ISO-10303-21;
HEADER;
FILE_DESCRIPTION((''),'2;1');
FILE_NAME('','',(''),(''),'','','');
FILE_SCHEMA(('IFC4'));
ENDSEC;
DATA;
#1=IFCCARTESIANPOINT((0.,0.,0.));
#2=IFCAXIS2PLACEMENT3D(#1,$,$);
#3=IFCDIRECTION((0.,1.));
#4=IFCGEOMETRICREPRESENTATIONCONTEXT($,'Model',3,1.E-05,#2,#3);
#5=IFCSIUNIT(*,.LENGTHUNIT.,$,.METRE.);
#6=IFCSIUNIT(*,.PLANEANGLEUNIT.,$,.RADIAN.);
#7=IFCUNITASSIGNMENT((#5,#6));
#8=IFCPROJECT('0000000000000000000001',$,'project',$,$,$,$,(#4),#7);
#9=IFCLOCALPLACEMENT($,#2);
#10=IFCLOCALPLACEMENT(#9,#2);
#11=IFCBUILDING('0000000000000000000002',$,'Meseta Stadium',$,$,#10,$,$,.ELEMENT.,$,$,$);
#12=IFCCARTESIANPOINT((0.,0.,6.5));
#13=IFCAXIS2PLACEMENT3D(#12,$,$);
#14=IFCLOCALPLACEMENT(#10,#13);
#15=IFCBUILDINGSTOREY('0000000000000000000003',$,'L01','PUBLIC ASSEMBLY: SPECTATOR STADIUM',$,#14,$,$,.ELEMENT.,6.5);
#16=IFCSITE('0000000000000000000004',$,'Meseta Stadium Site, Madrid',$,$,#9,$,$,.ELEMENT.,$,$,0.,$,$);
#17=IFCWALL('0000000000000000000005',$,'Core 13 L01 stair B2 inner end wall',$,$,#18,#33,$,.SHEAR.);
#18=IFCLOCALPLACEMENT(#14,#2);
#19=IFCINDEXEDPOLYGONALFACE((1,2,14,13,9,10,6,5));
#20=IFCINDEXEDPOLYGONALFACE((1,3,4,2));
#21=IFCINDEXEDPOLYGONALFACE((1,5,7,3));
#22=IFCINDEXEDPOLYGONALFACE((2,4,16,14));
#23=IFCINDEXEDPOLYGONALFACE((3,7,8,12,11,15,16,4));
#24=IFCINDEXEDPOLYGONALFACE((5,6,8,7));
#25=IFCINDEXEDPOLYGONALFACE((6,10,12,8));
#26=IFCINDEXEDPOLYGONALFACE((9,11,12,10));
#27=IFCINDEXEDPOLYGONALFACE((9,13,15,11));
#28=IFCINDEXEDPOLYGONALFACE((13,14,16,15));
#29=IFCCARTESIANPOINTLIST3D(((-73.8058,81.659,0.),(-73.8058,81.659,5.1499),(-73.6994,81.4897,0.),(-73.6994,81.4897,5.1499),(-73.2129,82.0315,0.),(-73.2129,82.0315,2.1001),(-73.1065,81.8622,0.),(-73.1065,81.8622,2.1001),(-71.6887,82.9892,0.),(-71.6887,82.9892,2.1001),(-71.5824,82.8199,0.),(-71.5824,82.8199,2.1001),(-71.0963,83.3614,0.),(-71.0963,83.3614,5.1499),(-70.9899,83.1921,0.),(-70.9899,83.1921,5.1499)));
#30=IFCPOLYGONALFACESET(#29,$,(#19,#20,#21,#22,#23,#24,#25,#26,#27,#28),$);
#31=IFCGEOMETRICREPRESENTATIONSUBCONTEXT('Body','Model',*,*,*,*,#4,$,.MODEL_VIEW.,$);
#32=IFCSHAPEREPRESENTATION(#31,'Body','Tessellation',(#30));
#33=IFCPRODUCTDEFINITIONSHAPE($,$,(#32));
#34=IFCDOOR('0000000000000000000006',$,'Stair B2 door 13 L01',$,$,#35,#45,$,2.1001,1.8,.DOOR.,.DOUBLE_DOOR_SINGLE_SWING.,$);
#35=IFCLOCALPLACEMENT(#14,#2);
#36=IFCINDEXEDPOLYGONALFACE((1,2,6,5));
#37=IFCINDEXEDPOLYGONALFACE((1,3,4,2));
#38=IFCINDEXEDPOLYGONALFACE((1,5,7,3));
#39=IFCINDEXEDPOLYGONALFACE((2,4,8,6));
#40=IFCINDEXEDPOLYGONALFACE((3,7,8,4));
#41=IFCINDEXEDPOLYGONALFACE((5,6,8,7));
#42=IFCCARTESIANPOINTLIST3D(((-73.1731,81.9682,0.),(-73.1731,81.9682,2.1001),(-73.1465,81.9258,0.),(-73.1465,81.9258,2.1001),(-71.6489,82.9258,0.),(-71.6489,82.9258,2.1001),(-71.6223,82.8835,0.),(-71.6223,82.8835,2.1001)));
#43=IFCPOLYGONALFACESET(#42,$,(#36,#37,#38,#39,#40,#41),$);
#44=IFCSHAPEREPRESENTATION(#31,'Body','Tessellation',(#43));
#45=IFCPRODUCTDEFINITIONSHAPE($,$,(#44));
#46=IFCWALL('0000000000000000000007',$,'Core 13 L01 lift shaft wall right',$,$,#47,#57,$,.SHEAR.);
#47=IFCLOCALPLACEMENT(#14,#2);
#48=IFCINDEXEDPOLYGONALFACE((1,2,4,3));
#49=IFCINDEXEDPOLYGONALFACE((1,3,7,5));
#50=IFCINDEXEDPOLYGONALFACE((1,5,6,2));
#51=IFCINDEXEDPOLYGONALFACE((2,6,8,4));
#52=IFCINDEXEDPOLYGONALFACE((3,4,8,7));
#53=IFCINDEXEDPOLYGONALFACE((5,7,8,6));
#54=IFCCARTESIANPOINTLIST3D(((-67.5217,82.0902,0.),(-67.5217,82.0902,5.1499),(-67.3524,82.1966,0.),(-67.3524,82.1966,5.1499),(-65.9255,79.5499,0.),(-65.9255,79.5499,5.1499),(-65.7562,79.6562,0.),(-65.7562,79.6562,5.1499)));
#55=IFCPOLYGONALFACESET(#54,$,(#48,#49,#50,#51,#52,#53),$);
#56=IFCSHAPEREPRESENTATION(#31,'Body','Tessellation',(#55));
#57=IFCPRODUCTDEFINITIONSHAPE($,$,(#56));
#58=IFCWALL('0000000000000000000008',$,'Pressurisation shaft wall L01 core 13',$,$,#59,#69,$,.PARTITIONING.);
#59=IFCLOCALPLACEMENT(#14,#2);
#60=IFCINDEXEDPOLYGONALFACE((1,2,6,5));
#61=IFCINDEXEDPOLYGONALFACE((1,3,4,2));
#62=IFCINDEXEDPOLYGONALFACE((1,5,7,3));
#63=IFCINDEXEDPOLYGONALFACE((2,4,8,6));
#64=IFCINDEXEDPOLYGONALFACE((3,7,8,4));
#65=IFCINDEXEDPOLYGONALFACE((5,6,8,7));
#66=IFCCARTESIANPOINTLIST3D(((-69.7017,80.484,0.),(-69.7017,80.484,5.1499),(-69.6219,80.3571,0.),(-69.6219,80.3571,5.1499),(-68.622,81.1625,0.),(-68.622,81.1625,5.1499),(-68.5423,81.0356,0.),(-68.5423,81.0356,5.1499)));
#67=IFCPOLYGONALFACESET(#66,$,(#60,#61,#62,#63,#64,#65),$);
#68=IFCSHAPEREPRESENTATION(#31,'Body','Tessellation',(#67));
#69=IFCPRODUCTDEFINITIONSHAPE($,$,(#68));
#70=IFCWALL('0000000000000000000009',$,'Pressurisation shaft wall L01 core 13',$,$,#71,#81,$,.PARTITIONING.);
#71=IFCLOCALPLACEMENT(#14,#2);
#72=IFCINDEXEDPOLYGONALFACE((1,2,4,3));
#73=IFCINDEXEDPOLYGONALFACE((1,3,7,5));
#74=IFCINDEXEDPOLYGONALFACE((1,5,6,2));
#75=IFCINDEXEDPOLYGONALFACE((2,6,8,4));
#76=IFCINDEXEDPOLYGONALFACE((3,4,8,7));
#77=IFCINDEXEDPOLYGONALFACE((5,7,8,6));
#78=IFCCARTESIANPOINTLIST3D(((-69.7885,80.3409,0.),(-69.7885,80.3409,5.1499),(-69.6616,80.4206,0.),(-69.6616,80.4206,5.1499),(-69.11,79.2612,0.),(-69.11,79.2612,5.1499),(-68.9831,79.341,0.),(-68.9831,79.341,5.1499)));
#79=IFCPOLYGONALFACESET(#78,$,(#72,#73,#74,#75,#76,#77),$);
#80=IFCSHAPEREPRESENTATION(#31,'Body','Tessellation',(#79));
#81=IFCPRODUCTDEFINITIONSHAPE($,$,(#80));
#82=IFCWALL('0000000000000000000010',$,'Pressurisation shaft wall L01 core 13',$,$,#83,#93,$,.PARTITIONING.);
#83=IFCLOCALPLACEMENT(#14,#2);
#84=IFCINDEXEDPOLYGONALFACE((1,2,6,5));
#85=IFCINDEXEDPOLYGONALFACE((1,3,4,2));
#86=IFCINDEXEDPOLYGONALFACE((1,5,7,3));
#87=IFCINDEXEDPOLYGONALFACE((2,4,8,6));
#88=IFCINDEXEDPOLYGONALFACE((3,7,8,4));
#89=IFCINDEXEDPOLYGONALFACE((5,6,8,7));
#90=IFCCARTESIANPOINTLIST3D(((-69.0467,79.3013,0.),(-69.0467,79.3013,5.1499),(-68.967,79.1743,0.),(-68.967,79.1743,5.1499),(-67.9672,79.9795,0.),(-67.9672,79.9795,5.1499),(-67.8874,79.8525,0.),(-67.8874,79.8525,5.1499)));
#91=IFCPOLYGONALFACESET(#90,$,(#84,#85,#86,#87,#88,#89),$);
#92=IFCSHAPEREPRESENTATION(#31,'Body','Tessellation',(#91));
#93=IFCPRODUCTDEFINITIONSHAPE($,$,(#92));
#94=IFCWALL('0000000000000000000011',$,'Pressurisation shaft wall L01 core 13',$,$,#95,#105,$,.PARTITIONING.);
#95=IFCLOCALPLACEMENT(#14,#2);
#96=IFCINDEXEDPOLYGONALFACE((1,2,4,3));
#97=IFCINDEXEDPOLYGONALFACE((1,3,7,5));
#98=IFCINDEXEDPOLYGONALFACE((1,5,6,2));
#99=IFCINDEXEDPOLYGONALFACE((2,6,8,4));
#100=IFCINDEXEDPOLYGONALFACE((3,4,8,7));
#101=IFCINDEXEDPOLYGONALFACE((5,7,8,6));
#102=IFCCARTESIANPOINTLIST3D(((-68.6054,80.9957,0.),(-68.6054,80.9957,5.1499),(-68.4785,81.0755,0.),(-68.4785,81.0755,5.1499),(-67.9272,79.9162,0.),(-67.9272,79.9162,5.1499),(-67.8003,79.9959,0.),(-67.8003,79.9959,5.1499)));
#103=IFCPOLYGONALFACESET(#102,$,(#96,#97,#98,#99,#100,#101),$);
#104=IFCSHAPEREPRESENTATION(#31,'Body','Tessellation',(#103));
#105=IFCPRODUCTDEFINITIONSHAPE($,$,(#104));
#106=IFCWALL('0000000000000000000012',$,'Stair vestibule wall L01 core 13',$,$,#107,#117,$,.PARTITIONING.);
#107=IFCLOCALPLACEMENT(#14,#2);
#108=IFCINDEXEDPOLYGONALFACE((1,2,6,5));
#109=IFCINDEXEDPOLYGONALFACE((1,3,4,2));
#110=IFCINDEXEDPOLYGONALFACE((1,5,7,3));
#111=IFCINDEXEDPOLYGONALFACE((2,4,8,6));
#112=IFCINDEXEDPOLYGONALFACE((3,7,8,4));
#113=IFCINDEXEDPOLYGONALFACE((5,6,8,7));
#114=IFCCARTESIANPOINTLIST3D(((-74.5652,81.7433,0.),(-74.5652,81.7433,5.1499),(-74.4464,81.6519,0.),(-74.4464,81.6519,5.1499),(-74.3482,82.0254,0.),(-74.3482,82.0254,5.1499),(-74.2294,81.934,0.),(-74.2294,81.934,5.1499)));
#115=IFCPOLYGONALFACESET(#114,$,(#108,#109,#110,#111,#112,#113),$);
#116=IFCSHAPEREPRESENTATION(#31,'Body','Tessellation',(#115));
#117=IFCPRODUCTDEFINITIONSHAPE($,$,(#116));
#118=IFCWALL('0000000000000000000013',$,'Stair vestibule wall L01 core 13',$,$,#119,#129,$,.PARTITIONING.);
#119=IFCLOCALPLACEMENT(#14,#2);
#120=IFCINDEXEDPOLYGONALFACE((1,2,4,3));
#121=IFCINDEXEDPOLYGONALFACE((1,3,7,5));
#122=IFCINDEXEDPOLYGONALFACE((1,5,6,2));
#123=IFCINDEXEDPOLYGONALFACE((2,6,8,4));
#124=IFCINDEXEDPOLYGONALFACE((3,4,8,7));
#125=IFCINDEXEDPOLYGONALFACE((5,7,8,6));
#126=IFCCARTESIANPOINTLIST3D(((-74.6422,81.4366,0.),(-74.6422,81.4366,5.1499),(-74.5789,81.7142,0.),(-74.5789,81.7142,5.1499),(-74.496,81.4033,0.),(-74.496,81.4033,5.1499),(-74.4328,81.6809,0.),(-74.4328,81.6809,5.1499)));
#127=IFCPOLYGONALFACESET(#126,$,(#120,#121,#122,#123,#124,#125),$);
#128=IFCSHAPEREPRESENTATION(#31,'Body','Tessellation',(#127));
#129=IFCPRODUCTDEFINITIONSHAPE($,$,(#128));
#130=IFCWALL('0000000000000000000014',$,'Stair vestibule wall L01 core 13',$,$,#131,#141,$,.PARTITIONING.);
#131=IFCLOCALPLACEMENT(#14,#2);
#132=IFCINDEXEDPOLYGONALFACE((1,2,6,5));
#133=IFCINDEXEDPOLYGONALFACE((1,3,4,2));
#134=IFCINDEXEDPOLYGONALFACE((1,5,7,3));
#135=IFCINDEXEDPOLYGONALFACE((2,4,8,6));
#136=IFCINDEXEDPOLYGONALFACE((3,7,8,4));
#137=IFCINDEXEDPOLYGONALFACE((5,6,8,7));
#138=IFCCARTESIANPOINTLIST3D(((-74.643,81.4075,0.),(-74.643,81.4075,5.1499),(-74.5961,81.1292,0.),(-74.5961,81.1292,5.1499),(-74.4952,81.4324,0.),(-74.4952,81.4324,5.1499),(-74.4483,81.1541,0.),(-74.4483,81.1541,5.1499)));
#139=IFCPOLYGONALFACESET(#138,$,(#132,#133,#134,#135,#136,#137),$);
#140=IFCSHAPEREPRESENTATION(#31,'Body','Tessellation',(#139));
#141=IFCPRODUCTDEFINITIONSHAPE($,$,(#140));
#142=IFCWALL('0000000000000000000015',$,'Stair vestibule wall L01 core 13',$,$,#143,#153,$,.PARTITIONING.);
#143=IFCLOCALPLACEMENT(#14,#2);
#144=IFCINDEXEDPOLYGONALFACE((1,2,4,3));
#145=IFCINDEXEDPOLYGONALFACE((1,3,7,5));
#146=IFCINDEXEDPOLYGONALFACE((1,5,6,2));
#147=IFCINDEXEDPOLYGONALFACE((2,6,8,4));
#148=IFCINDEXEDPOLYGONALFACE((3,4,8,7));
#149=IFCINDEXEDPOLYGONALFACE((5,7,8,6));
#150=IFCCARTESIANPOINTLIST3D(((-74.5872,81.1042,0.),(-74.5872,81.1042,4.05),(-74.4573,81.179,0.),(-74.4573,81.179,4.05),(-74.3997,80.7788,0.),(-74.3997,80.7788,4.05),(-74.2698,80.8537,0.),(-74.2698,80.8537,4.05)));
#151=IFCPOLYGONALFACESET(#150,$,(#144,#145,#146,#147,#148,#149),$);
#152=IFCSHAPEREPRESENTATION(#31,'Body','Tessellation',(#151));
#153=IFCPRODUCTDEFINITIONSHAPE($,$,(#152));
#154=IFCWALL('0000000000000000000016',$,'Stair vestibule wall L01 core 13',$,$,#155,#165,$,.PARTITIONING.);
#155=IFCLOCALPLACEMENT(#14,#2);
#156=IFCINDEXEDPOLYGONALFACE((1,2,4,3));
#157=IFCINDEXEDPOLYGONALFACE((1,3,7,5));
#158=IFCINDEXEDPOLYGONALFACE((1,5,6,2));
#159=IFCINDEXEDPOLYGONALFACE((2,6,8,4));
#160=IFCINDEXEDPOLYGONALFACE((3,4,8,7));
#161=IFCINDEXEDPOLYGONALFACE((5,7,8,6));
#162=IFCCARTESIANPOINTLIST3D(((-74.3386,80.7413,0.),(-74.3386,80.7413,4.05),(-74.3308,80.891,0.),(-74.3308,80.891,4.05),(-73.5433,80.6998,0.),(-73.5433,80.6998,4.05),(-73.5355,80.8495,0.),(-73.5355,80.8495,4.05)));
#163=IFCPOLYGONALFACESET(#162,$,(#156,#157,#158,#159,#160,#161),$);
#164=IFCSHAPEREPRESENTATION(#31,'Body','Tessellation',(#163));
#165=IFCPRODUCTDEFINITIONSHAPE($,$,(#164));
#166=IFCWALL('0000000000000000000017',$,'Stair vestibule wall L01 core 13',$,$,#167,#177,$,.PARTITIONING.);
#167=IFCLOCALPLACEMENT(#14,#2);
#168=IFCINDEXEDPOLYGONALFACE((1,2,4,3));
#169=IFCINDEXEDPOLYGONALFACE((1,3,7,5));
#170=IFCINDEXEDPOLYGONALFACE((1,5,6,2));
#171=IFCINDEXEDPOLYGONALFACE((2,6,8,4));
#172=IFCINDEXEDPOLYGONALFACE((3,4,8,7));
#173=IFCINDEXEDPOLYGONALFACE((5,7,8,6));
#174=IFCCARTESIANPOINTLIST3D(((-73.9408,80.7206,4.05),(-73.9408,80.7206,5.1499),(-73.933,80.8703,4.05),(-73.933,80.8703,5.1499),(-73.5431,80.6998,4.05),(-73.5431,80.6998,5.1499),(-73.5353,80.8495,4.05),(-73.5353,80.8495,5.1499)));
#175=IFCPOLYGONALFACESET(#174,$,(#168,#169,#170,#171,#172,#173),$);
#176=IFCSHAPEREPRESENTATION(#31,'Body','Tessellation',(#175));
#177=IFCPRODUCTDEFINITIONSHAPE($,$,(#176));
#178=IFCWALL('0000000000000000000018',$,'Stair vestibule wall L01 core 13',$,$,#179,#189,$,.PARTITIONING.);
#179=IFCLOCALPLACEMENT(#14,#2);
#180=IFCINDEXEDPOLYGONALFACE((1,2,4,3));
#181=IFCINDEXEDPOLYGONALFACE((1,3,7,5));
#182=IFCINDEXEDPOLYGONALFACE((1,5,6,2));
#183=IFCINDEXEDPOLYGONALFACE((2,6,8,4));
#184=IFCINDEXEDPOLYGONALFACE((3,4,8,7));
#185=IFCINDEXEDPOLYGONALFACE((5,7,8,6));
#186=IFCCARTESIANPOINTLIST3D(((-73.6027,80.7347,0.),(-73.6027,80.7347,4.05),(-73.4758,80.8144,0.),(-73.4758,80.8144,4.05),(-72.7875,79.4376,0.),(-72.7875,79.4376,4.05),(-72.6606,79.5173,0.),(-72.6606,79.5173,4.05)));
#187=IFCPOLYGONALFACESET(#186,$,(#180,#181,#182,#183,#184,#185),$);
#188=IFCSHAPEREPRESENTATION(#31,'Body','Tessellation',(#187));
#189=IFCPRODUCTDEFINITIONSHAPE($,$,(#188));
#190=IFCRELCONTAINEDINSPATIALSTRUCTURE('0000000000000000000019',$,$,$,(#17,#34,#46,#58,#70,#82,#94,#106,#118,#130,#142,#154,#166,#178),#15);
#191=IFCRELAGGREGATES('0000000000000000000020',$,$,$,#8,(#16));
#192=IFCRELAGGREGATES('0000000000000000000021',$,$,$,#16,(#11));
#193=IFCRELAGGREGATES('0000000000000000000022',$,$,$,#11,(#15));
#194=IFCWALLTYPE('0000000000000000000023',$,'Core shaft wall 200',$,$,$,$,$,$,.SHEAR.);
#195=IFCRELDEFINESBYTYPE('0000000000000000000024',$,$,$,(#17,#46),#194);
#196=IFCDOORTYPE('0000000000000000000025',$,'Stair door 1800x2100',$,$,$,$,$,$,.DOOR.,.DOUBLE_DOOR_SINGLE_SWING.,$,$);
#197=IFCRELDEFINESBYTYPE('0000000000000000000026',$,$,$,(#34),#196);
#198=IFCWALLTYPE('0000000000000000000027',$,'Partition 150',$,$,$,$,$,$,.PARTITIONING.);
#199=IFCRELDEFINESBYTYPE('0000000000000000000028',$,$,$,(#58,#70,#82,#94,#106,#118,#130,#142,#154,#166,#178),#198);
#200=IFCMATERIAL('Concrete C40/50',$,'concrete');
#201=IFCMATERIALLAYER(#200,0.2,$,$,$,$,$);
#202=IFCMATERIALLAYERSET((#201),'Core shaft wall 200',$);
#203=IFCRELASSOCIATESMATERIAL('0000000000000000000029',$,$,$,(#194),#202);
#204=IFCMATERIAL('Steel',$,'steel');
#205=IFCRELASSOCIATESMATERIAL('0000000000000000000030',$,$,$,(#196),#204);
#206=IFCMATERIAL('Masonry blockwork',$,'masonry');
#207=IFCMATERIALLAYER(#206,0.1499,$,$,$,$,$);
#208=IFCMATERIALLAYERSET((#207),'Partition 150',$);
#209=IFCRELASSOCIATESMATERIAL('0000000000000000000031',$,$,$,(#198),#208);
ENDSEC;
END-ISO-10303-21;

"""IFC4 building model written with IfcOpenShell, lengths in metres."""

from ifc_helpers import new_model, si_unit, direction, frame, frame_2d, origin, place, context, subcontext, project, spatial, rectangle, extrude, material, layer, layer_set, type_object, element, fill, save


model = new_model("IFC4")

# Units and contexts
model_context = context("Model", 3, precision=1e-05, world=origin(), true_north=direction((0.0, 1.0)))
body_context = subcontext(model_context, "Body", "Model", "MODEL_VIEW")
ifc_project = project(units=[si_unit("LENGTHUNIT", "METRE"), si_unit("PLANEANGLEUNIT", "RADIAN")], contexts=[model_context])

# Site, building, storey
site_placement = place(None, origin())
site = spatial("IfcSite", under=ifc_project, at=site_placement, Name="Meseta Stadium Site, Madrid", CompositionType="ELEMENT", RefElevation=0.0)
building_placement = place(site_placement, origin())
building = spatial("IfcBuilding", under=site, at=building_placement, Name="Meseta Stadium", CompositionType="ELEMENT")
storey_placement = place(building_placement, frame((0.0, 0.0, 6.5)))
storey = spatial("IfcBuildingStorey", under=building, at=storey_placement, Name="L01", Description="PUBLIC ASSEMBLY: SPECTATOR STADIUM", CompositionType="ELEMENT", Elevation=6.5)

# Wall, opening, door
ifc_material_1 = material(Name="Concrete C40/50", Category="concrete")
ifc_layer_1 = layer(ifc_material_1, 0.2)
ifc_layer_set_1 = layer_set([ifc_layer_1], Name="Core shaft wall 200")
wall_type_1 = type_object("IfcWallType", Name="Core shaft wall 200", PredefinedType="SHEAR", material=ifc_layer_set_1)
wall_1_placement = place(storey_placement, frame((-71.043, 83.2769, 0.0), z_axis=(0.0, 0.0, 1.0), x_axis=(-0.846736, -0.532014, 0.0)))
wall_1 = element("IfcWall", 1, at=wall_1_placement, inside=storey, type_object=wall_type_1, Name="Core 13 L01 stair B2 inner end wall", PredefinedType="SHEAR", context=body_context, shape_type="SweptSolid", body=[
    extrude(rectangle(XDim=3.2, YDim=0.2, at=frame_2d((1.6001, 0.0))), origin(), (0.0, 0.0, 1.0), 5.1499),
])
opening_placement = place(wall_1_placement, frame((0.7, 0.0, 0.0)))
opening = element("IfcOpeningElement", 2, at=opening_placement, cuts=wall_1, PredefinedType="OPENING", context=body_context, shape_type="SweptSolid", body=[
    extrude(rectangle(XDim=1.8, YDim=2.1001, at=frame_2d((0.8999, 1.05))), frame((0.0, 0.1099, 0.0), z_axis=(0.0, -1.0, 0.0), x_axis=(1.0, 0.0, 0.0)), (0.0, 0.0, 1.0), 0.22),
])
ifc_material_2 = material(Name="Steel", Category="steel")
door_type = type_object("IfcDoorType", Name="Stair door 1800x2100", OperationType="DOUBLE_DOOR_SINGLE_SWING", PredefinedType="DOOR", material=ifc_material_2)
door_placement = place(opening_placement, origin())
door = element("IfcDoor", 3, at=door_placement, inside=storey, type_object=door_type, Name="Stair B2 door 13 L01", OperationType="DOUBLE_DOOR_SINGLE_SWING", OverallHeight=2.1001, OverallWidth=1.8, PredefinedType="DOOR", context=body_context, shape_type="SweptSolid", body=[
    extrude(rectangle(XDim=1.8, YDim=2.1001, at=frame_2d((0.8999, 1.05))), frame((0.0, 0.0249, 0.0), z_axis=(0.0, -1.0, 0.0), x_axis=(1.0, 0.0, 0.0)), (0.0, 0.0, 1.0), 0.05),
])
fill(opening, door)

# Walls
wall_2_placement = place(storey_placement, frame((-67.437, 82.1433, 0.0), z_axis=(0.0, 0.0, 1.0), x_axis=(0.532038, -0.84672, 0.0)))
element("IfcWall", 4, at=wall_2_placement, inside=storey, type_object=wall_type_1, Name="Core 13 L01 lift shaft wall right", PredefinedType="SHEAR", context=body_context, shape_type="SweptSolid", body=[
    extrude(rectangle(XDim=3.0002, YDim=0.2, at=frame_2d((1.5, 0.0))), origin(), (0.0, 0.0, 1.0), 5.1499),
])
ifc_material_3 = material(Name="Masonry blockwork", Category="masonry")
ifc_layer_2 = layer(ifc_material_3, 0.1499)
ifc_layer_set_2 = layer_set([ifc_layer_2], Name="Partition 150")
wall_type_2 = type_object("IfcWallType", Name="Partition 150", PredefinedType="PARTITIONING", material=ifc_layer_set_2)
for number, where, z_axis, x_axis, name in (
    (5, (-68.582, 81.0991, 0.0), (0.0, 0.0, 1.0), (-0.846683, -0.532097, 0.0), "Pressurisation shaft wall L01 core 13"),
    (6, (-69.7251, 80.3809, 0.0), (0.0, 0.0, 1.0), (0.532097, -0.846683, 0.0), "Pressurisation shaft wall L01 core 13"),
):
    element("IfcWall", number, at=place(storey_placement, frame(where, z_axis=z_axis, x_axis=x_axis)), inside=storey, type_object=wall_type_2, Name=name, PredefinedType="PARTITIONING", context=body_context, shape_type="SweptSolid", body=[
        extrude(rectangle(XDim=1.2751, YDim=0.1499, at=frame_2d((0.6377, 0.0))), origin(), (0.0, 0.0, 1.0), 5.1499),
    ])
for number, where, z_axis, x_axis, name in (
    (7, (-69.0068, 79.2378, 0.0), (0.0, 0.0, 1.0), (0.84677, 0.53196, 0.0), "Pressurisation shaft wall L01 core 13"),
    (8, (-67.8638, 79.9561, 0.0), (0.0, 0.0, 1.0), (-0.53196, 0.84677, 0.0), "Pressurisation shaft wall L01 core 13"),
):
    element("IfcWall", number, at=place(storey_placement, frame(where, z_axis=z_axis, x_axis=x_axis)), inside=storey, type_object=wall_type_2, Name=name, PredefinedType="PARTITIONING", context=body_context, shape_type="SweptSolid", body=[
        extrude(rectangle(XDim=1.2749, YDim=0.1499, at=frame_2d((0.6375, 0.0))), origin(), (0.0, 0.0, 1.0), 5.1499),
    ])
wall_3_placement = place(storey_placement, frame((-74.2888, 81.9797, 0.0), z_axis=(0.0, 0.0, 1.0), x_axis=(-0.609611, -0.7927, 0.0)))
element("IfcWall", 9, at=wall_3_placement, inside=storey, type_object=wall_type_2, Name="Stair vestibule wall L01 core 13", PredefinedType="PARTITIONING", context=body_context, shape_type="SweptSolid", body=[
    extrude(rectangle(XDim=0.356, YDim=0.1499, at=frame_2d((0.178, 0.0))), origin(), (0.0, 0.0, 1.0), 5.1499),
])
wall_4_placement = place(storey_placement, frame((-74.5059, 81.6975, 0.0), z_axis=(0.0, 0.0, 1.0), x_axis=(-0.222103, -0.975023, 0.0)))
element("IfcWall", 10, at=wall_4_placement, inside=storey, type_object=wall_type_2, Name="Stair vestibule wall L01 core 13", PredefinedType="PARTITIONING", context=body_context, shape_type="SweptSolid", body=[
    extrude(rectangle(XDim=0.2847, YDim=0.1499, at=frame_2d((0.1423, 0.0))), origin(), (0.0, 0.0, 1.0), 5.1499),
])
wall_5_placement = place(storey_placement, frame((-74.5691, 81.4199, 0.0), z_axis=(0.0, 0.0, 1.0), x_axis=(0.166082, -0.986112, 0.0)))
element("IfcWall", 11, at=wall_5_placement, inside=storey, type_object=wall_type_2, Name="Stair vestibule wall L01 core 13", PredefinedType="PARTITIONING", context=body_context, shape_type="SweptSolid", body=[
    extrude(rectangle(XDim=0.2822, YDim=0.1499, at=frame_2d((0.1411, 0.0))), origin(), (0.0, 0.0, 1.0), 5.1499),
])
wall_6_placement = place(storey_placement, frame((-74.5222, 81.1416, 0.0), z_axis=(0.0, 0.0, 1.0), x_axis=(0.499216, -0.866478, 0.0)))
element("IfcWall", 12, at=wall_6_placement, inside=storey, type_object=wall_type_2, Name="Stair vestibule wall L01 core 13", PredefinedType="PARTITIONING", context=body_context, shape_type="SweptSolid", body=[
    extrude(rectangle(XDim=0.3755, YDim=0.1499, at=frame_2d((0.1877, 0.0))), origin(), (0.0, 0.0, 1.0), 4.05),
])
wall_7_placement = place(storey_placement, frame((-74.3347, 80.8162, 0.0), z_axis=(0.0, 0.0, 1.0), x_axis=(0.998641, -0.052108, 0.0)))
element("IfcWall", 13, at=wall_7_placement, inside=storey, type_object=wall_type_2, Name="Stair vestibule wall L01 core 13", PredefinedType="PARTITIONING", context=body_context, shape_type="SweptSolid", body=[
    extrude(rectangle(XDim=0.7964, YDim=0.1499, at=frame_2d((0.3982, 0.0))), origin(), (0.0, 0.0, 1.0), 4.05),
])
wall_8_placement = place(storey_placement, frame((-73.937, 80.7954, 4.05), z_axis=(0.0, 0.0, 1.0), x_axis=(0.998641, -0.052108, 0.0)))
element("IfcWall", 14, at=wall_8_placement, inside=storey, type_object=wall_type_2, Name="Stair vestibule wall L01 core 13", PredefinedType="PARTITIONING", context=body_context, shape_type="SweptSolid", body=[
    extrude(rectangle(XDim=0.3982, YDim=0.1499, at=frame_2d((0.1992, 0.0))), origin(), (0.0, 0.0, 1.0), 1.0999),
])
wall_9_placement = place(storey_placement, frame((-73.5393, 80.7747, 0.0), z_axis=(0.0, 0.0, 1.0), x_axis=(0.532103, -0.84668, 0.0)))
element("IfcWall", 15, at=wall_9_placement, inside=storey, type_object=wall_type_2, Name="Stair vestibule wall L01 core 13", PredefinedType="PARTITIONING", context=body_context, shape_type="SweptSolid", body=[
    extrude(rectangle(XDim=1.532, YDim=0.1499, at=frame_2d((0.7661, 0.0))), origin(), (0.0, 0.0, 1.0), 4.05),
])

save(model, "model.ifc")
